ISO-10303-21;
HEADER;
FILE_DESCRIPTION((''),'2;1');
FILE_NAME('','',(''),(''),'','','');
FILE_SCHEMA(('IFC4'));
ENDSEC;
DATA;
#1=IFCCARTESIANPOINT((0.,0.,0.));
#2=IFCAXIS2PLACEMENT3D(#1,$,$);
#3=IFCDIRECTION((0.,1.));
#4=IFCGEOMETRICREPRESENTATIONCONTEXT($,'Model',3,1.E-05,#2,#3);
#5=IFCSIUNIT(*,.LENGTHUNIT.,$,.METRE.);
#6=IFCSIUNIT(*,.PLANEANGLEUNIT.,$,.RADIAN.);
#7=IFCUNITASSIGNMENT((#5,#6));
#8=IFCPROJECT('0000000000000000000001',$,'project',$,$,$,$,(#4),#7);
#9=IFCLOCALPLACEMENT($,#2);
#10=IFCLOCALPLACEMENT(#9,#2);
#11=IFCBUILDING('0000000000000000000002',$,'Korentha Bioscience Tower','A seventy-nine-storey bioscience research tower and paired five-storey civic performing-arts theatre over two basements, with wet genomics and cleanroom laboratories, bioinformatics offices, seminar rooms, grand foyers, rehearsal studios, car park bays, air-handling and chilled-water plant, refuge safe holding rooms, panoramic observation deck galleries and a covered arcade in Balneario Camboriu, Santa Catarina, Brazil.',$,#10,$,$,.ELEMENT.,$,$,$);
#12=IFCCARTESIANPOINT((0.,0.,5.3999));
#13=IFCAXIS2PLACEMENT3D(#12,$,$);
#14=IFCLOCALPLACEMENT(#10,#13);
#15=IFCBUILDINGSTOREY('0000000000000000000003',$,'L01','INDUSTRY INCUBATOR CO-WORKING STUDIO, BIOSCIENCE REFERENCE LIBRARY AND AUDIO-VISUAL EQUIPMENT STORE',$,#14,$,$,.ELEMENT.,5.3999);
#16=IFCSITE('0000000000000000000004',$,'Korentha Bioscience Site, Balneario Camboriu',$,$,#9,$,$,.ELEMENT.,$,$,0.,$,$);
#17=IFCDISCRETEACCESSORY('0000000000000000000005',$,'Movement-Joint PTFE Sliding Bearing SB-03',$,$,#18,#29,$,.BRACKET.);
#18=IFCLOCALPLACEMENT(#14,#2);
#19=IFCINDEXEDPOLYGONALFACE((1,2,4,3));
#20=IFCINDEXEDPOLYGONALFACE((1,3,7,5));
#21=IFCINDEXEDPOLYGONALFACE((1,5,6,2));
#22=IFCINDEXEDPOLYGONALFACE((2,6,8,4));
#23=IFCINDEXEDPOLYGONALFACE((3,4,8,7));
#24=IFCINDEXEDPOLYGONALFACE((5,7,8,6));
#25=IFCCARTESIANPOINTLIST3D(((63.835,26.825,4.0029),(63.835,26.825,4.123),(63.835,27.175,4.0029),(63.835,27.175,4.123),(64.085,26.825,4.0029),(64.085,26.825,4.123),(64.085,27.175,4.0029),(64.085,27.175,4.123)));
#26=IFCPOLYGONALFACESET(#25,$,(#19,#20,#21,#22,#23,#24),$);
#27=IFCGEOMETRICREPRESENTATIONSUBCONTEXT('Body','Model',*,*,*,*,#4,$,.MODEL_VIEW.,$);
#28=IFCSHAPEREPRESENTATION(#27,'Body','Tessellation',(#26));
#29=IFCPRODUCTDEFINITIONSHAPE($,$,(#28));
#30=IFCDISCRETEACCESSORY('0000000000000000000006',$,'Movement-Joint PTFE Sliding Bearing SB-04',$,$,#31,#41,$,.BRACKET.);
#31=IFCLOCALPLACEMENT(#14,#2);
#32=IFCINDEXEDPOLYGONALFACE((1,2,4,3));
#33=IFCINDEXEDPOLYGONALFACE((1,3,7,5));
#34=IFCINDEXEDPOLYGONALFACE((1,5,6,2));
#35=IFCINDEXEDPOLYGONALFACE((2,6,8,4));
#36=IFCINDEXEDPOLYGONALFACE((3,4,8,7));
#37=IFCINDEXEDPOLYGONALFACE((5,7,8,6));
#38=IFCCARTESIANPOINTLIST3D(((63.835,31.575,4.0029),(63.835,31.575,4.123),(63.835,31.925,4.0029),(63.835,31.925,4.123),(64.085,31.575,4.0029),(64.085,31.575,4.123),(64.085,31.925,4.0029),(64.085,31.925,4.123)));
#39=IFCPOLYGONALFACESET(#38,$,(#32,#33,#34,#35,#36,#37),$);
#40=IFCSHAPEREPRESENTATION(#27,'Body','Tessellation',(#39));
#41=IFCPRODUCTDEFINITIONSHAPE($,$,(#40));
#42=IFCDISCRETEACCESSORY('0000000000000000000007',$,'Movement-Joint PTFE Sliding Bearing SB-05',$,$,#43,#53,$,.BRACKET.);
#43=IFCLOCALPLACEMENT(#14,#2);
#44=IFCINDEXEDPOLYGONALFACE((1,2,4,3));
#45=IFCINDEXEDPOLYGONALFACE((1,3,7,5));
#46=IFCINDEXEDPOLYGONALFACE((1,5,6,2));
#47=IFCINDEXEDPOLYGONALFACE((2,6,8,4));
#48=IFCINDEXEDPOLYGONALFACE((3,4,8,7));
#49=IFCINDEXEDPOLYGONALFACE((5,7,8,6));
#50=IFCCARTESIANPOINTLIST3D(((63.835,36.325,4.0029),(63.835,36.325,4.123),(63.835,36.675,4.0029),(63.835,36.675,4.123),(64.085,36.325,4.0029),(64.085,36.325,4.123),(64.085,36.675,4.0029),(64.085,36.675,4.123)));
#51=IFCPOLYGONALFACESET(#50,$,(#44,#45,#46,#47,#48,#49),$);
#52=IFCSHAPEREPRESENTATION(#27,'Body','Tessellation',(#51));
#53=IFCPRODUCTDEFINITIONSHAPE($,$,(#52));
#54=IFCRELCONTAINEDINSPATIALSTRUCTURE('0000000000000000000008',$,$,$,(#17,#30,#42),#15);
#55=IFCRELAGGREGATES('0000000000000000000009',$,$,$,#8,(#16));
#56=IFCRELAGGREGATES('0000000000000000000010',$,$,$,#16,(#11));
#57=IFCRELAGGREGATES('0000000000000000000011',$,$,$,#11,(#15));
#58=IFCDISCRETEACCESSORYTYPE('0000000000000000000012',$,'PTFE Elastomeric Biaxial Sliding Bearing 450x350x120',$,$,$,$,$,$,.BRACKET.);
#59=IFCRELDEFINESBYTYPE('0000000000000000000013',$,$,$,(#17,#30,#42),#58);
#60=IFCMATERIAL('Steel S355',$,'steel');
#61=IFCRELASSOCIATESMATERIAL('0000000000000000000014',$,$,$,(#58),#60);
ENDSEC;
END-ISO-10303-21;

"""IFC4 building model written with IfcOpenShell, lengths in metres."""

from ifc_helpers import new_model, si_unit, direction, frame, origin, origin_2d, place, context, subcontext, project, spatial, rectangle, extrude, material, type_object, element, save


model = new_model("IFC4")

# Units and contexts
model_context = context("Model", 3, precision=1e-05, world=origin(), true_north=direction((0.0, 1.0)))
body_context = subcontext(model_context, "Body", "Model", "MODEL_VIEW")
ifc_project = project(units=[si_unit("LENGTHUNIT", "METRE"), si_unit("PLANEANGLEUNIT", "RADIAN")], contexts=[model_context])

# Site, building, storey
site_placement = place(None, origin())
site = spatial("IfcSite", under=ifc_project, at=site_placement, Name="Korentha Bioscience Site, Balneario Camboriu", CompositionType="ELEMENT", RefElevation=0.0)
building_placement = place(site_placement, origin())
building = spatial("IfcBuilding", under=site, at=building_placement, Name="Korentha Bioscience Tower", Description="A seventy-nine-storey bioscience research tower and paired five-storey civic performing-arts theatre over two basements, with wet genomics and cleanroom laboratories, bioinformatics offices, seminar rooms, grand foyers, rehearsal studios, car park bays, air-handling and chilled-water plant, refuge safe holding rooms, panoramic observation deck galleries and a covered arcade in Balneario Camboriu, Santa Catarina, Brazil.", CompositionType="ELEMENT")
storey_placement = place(building_placement, frame((0.0, 0.0, 5.3999)))
storey = spatial("IfcBuildingStorey", under=building, at=storey_placement, Name="L01", Description="INDUSTRY INCUBATOR CO-WORKING STUDIO, BIOSCIENCE REFERENCE LIBRARY AND AUDIO-VISUAL EQUIPMENT STORE", CompositionType="ELEMENT", Elevation=5.3999)

# Shared definitions
ifc_material_1 = material(Name="Steel S355", Category="steel")

# Discrete accessories
discrete_accessory_type = type_object("IfcDiscreteAccessoryType", Name="PTFE Elastomeric Biaxial Sliding Bearing 450x350x120", PredefinedType="BRACKET", material=ifc_material_1)
for number, where, z_axis, x_axis, name in (
    (1, (63.96, 27.0, 4.0029), (0.0, 0.0, 1.0), (1.0, 0.0, 0.0), "Movement-Joint PTFE Sliding Bearing SB-03"),
    (2, (63.96, 31.75, 4.0029), (0.0, 0.0, 1.0), (1.0, 0.0, 0.0), "Movement-Joint PTFE Sliding Bearing SB-04"),
    (3, (63.96, 36.5, 4.0029), (0.0, 0.0, 1.0), (1.0, 0.0, 0.0), "Movement-Joint PTFE Sliding Bearing SB-05"),
):
    element("IfcDiscreteAccessory", number, at=place(storey_placement, frame(where, z_axis=z_axis, x_axis=x_axis)), inside=storey, type_object=discrete_accessory_type, Name=name, PredefinedType="BRACKET", context=body_context, shape_type="SweptSolid", body=[
        extrude(rectangle(XDim=0.25, YDim=0.3501, at=origin_2d()), origin(), (0.0, 0.0, 1.0), 0.1201),
    ])

save(model, "model.ifc")
